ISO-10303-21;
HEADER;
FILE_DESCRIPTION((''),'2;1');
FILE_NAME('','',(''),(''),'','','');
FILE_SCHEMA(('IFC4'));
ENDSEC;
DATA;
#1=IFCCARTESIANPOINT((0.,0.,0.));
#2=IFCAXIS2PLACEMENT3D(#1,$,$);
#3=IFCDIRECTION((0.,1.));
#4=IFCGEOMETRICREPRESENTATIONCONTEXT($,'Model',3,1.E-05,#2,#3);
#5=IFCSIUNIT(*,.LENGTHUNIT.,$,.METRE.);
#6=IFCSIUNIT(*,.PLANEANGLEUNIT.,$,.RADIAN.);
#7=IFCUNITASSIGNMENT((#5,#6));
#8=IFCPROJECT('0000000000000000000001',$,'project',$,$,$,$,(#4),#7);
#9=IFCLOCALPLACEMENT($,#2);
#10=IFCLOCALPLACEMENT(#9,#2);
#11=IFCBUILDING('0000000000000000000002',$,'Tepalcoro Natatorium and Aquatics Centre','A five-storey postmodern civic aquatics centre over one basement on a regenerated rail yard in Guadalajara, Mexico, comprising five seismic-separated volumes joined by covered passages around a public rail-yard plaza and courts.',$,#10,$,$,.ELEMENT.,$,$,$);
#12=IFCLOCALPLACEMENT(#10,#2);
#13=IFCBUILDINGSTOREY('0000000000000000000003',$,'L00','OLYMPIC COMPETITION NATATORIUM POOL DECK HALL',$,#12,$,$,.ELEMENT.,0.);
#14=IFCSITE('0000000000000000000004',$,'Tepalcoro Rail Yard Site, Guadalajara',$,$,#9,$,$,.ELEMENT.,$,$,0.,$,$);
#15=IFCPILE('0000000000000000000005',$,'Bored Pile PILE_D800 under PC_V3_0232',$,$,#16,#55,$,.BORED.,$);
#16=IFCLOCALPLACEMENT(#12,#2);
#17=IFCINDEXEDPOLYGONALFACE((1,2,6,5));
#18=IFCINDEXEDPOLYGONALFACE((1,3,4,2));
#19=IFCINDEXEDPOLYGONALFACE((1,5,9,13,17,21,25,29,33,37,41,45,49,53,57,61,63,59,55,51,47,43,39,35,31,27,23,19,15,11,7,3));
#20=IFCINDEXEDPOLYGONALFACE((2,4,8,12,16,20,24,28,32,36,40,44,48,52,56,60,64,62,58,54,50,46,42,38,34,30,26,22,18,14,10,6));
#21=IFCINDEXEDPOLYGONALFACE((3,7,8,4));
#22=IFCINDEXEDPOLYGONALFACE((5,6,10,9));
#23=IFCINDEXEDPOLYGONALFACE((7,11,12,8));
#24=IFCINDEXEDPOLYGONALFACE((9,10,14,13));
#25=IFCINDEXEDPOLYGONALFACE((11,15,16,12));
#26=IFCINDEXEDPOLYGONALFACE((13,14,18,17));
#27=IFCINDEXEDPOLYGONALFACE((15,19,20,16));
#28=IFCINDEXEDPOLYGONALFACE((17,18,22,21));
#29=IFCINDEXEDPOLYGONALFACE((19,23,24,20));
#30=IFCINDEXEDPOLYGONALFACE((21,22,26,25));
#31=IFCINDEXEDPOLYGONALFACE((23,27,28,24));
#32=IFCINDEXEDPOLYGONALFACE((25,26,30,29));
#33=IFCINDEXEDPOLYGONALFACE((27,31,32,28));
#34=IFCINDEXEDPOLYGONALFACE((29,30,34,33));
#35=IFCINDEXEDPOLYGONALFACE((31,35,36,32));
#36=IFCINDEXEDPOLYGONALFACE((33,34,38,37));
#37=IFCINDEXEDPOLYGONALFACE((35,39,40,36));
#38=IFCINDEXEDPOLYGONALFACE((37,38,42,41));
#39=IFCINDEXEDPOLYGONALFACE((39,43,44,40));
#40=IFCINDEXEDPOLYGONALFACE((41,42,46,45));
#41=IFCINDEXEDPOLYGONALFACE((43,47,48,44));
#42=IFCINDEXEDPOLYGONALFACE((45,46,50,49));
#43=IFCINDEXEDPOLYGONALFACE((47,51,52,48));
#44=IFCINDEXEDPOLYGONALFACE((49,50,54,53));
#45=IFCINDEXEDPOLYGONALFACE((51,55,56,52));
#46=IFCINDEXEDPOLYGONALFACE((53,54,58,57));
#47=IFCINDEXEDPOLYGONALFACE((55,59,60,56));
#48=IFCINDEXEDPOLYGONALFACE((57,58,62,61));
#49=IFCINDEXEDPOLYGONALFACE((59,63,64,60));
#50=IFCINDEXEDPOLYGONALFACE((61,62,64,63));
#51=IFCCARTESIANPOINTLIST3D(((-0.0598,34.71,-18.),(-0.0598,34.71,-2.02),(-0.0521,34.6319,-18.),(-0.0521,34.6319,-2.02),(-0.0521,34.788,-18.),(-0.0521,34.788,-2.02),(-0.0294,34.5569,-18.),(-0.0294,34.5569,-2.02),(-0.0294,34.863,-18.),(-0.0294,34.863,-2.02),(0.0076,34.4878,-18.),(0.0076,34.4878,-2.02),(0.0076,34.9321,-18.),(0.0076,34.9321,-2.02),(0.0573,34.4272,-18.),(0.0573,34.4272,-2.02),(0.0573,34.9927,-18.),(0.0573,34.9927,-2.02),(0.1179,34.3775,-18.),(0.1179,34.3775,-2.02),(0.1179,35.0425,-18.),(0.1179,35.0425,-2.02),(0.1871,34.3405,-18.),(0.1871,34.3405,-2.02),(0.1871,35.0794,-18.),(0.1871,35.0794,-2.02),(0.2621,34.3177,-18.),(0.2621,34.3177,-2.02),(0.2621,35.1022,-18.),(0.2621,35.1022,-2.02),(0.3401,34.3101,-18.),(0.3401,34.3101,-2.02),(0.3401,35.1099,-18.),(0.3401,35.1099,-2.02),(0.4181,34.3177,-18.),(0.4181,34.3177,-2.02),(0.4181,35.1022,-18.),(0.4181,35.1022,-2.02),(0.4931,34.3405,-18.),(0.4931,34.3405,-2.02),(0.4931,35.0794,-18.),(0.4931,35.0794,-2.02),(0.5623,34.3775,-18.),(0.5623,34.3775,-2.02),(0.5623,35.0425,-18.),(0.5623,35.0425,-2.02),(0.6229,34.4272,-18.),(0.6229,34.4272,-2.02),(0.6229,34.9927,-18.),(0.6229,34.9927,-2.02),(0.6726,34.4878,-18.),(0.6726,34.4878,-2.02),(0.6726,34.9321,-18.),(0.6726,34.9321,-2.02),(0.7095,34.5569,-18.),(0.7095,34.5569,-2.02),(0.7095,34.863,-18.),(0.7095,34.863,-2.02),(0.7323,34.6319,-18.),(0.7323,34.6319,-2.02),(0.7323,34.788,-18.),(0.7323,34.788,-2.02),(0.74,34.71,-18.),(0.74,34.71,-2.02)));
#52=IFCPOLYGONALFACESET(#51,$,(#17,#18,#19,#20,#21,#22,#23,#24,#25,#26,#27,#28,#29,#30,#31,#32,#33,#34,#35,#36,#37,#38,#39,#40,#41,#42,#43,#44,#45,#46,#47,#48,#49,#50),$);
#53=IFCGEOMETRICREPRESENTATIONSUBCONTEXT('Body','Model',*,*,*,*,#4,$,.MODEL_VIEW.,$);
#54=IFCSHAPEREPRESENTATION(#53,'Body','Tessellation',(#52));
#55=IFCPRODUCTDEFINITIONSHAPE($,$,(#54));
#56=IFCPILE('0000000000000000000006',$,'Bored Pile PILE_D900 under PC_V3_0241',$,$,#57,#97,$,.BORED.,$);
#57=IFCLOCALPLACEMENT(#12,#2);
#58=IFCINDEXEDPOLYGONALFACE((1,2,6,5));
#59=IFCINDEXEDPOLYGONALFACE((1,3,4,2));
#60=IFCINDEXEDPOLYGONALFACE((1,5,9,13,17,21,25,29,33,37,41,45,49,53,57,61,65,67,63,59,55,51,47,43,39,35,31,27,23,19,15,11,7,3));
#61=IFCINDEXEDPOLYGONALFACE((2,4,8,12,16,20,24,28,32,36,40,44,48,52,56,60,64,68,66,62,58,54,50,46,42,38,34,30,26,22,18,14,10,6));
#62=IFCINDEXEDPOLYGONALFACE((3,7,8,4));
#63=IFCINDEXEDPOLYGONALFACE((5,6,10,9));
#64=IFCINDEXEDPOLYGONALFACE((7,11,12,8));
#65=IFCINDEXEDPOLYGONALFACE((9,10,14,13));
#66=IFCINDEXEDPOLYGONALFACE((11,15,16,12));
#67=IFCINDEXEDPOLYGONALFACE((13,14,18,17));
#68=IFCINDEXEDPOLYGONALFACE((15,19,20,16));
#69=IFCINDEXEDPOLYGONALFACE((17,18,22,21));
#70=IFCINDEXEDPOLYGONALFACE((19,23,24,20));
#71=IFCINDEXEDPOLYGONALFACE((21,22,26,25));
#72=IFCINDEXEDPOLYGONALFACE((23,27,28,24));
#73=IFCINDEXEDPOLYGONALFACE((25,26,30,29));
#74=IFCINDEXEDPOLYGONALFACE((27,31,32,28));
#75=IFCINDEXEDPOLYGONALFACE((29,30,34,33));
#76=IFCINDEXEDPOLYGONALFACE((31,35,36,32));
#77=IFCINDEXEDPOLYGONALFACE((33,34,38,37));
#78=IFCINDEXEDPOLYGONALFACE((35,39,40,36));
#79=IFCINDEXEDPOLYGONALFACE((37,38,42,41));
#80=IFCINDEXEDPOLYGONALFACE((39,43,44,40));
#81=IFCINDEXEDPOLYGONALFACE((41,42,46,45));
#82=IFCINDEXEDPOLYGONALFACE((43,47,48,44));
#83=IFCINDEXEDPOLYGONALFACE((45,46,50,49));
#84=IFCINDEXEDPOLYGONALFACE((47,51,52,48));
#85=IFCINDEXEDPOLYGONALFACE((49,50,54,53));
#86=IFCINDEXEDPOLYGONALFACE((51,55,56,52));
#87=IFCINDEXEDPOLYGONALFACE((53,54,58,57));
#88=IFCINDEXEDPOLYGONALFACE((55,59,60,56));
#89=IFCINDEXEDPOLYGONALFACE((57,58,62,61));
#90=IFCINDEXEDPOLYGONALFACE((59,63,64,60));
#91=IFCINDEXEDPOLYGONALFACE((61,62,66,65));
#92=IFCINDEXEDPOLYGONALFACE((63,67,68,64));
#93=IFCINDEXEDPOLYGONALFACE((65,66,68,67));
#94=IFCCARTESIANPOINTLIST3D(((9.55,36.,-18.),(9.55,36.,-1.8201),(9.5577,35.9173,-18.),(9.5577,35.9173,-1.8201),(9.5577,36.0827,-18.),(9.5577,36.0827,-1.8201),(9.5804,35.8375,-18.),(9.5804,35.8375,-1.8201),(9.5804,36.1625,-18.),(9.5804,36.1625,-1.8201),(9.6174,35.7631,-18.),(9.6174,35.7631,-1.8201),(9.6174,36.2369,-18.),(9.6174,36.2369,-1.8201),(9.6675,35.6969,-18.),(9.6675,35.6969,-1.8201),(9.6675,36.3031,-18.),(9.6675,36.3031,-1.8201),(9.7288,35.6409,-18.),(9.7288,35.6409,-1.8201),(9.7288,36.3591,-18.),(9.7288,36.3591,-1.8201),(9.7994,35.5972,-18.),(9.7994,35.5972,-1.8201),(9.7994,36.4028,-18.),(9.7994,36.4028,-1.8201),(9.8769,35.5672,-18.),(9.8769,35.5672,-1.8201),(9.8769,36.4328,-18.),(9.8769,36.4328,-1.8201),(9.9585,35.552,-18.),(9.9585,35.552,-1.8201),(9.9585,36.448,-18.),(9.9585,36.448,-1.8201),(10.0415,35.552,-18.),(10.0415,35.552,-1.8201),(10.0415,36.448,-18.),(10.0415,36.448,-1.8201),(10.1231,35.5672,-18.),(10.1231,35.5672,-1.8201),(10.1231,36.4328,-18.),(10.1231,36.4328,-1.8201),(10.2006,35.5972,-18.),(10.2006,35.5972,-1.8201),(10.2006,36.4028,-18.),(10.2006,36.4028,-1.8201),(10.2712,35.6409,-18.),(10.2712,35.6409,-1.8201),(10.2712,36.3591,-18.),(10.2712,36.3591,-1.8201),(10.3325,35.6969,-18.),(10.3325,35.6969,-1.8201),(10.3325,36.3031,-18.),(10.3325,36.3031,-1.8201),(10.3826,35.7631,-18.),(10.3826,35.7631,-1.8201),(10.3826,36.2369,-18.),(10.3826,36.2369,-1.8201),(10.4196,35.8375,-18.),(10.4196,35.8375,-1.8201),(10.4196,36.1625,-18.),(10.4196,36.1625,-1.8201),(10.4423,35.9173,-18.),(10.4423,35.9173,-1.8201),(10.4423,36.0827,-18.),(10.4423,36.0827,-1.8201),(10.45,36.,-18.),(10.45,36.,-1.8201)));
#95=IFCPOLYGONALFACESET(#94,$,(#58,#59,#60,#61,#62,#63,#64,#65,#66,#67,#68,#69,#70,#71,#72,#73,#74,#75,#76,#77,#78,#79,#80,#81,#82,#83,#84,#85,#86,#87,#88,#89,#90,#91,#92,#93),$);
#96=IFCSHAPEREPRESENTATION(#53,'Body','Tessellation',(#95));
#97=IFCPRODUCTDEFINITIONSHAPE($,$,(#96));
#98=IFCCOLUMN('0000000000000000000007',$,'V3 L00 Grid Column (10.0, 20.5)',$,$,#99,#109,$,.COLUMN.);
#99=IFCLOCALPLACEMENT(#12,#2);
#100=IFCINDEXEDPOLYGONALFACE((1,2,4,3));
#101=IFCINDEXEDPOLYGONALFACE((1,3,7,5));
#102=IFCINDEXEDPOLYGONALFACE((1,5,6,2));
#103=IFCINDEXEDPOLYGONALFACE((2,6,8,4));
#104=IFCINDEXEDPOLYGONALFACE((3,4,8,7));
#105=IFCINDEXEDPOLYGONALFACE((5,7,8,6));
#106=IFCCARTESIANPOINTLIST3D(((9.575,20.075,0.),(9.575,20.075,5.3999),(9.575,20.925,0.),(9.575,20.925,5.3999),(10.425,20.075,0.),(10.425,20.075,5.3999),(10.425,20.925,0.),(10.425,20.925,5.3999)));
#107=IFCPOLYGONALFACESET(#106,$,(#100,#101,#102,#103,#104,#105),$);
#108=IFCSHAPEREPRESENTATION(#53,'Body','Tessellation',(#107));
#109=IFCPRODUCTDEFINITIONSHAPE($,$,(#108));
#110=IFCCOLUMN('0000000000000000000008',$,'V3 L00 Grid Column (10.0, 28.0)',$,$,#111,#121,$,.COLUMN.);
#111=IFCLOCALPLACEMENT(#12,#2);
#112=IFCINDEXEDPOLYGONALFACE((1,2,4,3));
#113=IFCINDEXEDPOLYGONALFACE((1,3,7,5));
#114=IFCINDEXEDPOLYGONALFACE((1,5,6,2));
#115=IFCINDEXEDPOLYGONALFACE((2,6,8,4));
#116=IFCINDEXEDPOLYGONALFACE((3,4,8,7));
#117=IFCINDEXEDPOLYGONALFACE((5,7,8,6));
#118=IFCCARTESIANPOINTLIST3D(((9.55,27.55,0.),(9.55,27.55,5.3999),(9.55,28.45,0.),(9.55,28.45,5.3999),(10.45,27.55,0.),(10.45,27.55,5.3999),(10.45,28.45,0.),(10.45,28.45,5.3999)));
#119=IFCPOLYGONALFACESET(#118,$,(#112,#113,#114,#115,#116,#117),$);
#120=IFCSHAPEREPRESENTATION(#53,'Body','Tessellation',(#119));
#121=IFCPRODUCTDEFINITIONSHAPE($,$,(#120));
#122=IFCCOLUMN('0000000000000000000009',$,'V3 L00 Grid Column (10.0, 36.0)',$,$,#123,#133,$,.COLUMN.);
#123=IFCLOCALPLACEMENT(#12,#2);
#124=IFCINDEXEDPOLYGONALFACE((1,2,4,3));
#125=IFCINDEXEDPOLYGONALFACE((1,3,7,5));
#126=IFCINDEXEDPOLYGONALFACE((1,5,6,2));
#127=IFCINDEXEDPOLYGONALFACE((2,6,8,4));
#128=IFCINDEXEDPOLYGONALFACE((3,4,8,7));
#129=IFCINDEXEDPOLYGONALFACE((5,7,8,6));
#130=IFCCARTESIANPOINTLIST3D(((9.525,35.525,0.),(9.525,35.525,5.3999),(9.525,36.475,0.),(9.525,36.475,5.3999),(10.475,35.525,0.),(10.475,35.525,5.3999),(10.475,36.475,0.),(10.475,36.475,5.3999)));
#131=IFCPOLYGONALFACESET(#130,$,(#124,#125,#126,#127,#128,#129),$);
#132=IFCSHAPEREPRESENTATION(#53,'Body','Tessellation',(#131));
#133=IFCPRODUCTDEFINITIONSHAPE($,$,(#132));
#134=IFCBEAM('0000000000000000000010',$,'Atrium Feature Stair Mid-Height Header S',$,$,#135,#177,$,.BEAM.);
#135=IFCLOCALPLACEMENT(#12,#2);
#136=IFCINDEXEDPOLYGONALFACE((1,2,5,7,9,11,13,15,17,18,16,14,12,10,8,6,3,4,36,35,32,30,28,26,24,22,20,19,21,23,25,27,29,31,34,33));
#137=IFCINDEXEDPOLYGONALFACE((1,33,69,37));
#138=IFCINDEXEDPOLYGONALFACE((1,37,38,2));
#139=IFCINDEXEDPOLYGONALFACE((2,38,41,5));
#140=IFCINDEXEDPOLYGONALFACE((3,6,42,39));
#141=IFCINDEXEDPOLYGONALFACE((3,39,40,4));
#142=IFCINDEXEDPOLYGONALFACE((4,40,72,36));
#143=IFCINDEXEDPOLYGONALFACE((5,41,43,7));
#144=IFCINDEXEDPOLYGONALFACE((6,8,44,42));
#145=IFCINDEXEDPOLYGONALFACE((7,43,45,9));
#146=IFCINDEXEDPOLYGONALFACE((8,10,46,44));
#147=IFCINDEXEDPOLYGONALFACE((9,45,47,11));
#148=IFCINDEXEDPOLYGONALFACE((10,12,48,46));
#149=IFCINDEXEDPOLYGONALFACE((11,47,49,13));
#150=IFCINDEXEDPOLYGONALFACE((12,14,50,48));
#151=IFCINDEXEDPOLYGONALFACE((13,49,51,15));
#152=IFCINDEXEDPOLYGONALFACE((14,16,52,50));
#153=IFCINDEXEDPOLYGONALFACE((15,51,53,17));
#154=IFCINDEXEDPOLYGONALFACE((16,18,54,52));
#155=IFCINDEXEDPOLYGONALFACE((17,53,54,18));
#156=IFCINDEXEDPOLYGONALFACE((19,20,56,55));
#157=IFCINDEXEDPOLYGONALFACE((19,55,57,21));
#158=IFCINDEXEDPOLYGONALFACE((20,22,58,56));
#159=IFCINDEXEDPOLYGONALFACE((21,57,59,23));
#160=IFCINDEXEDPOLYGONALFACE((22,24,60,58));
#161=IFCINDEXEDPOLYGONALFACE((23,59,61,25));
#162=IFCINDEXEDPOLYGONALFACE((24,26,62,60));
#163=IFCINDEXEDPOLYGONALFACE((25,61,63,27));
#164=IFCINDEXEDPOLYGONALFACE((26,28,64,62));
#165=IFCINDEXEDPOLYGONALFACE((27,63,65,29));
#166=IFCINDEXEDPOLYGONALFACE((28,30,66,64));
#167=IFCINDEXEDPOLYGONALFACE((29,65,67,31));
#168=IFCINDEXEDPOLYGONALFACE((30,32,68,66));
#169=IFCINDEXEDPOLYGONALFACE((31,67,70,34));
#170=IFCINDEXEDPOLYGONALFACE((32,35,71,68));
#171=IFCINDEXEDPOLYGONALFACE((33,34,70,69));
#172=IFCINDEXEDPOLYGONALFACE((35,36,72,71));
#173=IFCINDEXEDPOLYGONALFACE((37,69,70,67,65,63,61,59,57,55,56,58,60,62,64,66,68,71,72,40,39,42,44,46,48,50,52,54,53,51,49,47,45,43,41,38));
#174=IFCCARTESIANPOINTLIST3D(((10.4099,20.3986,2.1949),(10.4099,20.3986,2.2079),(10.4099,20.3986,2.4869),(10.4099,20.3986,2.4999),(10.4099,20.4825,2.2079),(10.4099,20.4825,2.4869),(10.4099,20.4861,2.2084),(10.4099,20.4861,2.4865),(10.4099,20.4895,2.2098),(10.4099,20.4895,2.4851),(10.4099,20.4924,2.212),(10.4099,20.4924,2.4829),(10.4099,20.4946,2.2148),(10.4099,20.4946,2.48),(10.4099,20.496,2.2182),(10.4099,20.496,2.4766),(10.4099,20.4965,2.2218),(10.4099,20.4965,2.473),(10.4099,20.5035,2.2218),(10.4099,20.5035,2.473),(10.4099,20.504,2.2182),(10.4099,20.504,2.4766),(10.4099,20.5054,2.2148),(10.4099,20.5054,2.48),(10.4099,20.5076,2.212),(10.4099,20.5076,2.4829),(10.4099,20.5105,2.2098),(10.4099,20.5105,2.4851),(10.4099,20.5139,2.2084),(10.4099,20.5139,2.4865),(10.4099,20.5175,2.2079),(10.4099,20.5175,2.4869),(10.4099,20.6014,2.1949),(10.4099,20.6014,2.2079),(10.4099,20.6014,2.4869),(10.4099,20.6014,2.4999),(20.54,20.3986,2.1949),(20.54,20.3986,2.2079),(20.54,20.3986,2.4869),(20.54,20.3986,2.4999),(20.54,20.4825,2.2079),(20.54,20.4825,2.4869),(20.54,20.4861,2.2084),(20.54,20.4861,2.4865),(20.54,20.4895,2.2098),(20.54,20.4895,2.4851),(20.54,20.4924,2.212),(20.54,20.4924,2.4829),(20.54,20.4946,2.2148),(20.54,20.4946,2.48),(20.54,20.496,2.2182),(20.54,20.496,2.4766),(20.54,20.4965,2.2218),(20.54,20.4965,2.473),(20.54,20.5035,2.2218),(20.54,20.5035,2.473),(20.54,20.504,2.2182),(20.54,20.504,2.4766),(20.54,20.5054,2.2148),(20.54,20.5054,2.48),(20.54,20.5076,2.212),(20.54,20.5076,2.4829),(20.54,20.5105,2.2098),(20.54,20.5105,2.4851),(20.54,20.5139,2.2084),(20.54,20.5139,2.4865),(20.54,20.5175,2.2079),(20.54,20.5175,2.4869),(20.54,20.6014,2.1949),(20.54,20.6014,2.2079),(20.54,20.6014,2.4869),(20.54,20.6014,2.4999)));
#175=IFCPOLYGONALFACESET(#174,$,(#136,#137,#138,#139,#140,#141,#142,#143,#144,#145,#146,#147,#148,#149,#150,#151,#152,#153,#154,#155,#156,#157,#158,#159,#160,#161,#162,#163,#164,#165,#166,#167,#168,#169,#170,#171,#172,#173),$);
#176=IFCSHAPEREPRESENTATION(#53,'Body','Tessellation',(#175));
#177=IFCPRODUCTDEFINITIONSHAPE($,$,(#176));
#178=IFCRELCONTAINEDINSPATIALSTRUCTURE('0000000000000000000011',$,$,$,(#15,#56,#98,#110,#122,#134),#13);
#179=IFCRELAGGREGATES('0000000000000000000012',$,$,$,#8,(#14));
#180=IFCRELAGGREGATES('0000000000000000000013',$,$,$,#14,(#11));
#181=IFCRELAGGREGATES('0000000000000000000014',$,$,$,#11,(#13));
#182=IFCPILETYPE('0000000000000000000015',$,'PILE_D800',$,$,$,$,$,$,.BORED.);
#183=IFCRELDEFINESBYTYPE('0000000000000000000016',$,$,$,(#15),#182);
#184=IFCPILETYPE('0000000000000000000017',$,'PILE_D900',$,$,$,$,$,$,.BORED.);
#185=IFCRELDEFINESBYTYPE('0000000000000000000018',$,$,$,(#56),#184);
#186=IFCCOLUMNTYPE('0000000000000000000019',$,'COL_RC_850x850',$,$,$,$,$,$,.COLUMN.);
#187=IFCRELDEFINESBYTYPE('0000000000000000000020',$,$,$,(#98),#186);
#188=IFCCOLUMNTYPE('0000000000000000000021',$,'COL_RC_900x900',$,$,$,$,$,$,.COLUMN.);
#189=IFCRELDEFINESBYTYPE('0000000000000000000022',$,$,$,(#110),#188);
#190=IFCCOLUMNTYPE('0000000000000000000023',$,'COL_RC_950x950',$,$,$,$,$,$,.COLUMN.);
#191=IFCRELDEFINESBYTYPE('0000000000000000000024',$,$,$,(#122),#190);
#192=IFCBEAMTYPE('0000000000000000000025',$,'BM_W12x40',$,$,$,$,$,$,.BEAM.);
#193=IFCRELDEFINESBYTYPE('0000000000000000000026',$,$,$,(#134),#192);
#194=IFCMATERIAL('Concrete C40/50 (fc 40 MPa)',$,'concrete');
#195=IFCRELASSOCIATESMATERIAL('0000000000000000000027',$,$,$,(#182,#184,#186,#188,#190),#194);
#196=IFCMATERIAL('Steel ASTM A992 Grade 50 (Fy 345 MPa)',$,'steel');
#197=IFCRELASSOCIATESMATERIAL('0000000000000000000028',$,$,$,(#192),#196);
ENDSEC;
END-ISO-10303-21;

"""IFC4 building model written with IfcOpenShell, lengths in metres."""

from ifc_helpers import new_model, si_unit, direction, frame, origin, origin_2d, place, context, subcontext, project, spatial, rectangle, circle, i_section, extrude, material, material_profile, profile_set, type_object, element, save


model = new_model("IFC4")

# Units and contexts
model_context = context("Model", 3, precision=1e-05, world=origin(), true_north=direction((0.0, 1.0)))
body_context = subcontext(model_context, "Body", "Model", "MODEL_VIEW")
ifc_project = project(units=[si_unit("LENGTHUNIT", "METRE"), si_unit("PLANEANGLEUNIT", "RADIAN")], contexts=[model_context])

# Site, building, storey
site_placement = place(None, origin())
site = spatial("IfcSite", under=ifc_project, at=site_placement, Name="Tepalcoro Rail Yard Site, Guadalajara", CompositionType="ELEMENT", RefElevation=0.0)
building_placement = place(site_placement, origin())
building = spatial("IfcBuilding", under=site, at=building_placement, Name="Tepalcoro Natatorium and Aquatics Centre", Description="A five-storey postmodern civic aquatics centre over one basement on a regenerated rail yard in Guadalajara, Mexico, comprising five seismic-separated volumes joined by covered passages around a public rail-yard plaza and courts.", CompositionType="ELEMENT")
storey_placement = place(building_placement, origin())
storey = spatial("IfcBuildingStorey", under=building, at=storey_placement, Name="L00", Description="OLYMPIC COMPETITION NATATORIUM POOL DECK HALL", CompositionType="ELEMENT", Elevation=0.0)

# Piles
ifc_material_1 = material(Name="Concrete C40/50 (fc 40 MPa)", Category="concrete")
ifc_material_profile_1 = material_profile(ifc_material_1, circle(Radius=0.3999, at=origin_2d()), Name="PILE_D800")
ifc_profile_set_1 = profile_set([ifc_material_profile_1], Name="Concrete C40/50 (fc 40 MPa)")
pile_type_1 = type_object("IfcPileType", Name="PILE_D800", PredefinedType="BORED", material=ifc_profile_set_1)
pile_1_placement = place(storey_placement, frame((0.3401, 34.71, -2.02), z_axis=(0.0, 0.0, -1.0), x_axis=(1.0, 0.0, 0.0)))
element("IfcPile", 1, at=pile_1_placement, inside=storey, type_object=pile_type_1, Name="Bored Pile PILE_D800 under PC_V3_0232", PredefinedType="BORED", context=body_context, shape_type="SweptSolid", body=[
    extrude(circle(Radius=0.3999, at=origin_2d()), origin(), (0.0, 0.0, 1.0), 15.98),
])
ifc_material_profile_2 = material_profile(ifc_material_1, circle(Radius=0.45, at=origin_2d()), Name="PILE_D900")
ifc_profile_set_2 = profile_set([ifc_material_profile_2], Name="Concrete C40/50 (fc 40 MPa)")
pile_type_2 = type_object("IfcPileType", Name="PILE_D900", PredefinedType="BORED", material=ifc_profile_set_2)
pile_2_placement = place(storey_placement, frame((10.0, 36.0, -1.8201), z_axis=(0.0, 0.0, -1.0), x_axis=(1.0, 0.0, 0.0)))
element("IfcPile", 2, at=pile_2_placement, inside=storey, type_object=pile_type_2, Name="Bored Pile PILE_D900 under PC_V3_0241", PredefinedType="BORED", context=body_context, shape_type="SweptSolid", body=[
    extrude(circle(Radius=0.45, at=origin_2d()), origin(), (0.0, 0.0, 1.0), 16.1799),
])

# Columns
ifc_material_profile_3 = material_profile(ifc_material_1, rectangle(XDim=0.8501, YDim=0.8501, at=origin_2d()), Name="RC850x850")
ifc_profile_set_3 = profile_set([ifc_material_profile_3], Name="Concrete C40/50 (fc 40 MPa)")
column_type_1 = type_object("IfcColumnType", Name="COL_RC_850x850", PredefinedType="COLUMN", material=ifc_profile_set_3)
column_1_placement = place(storey_placement, frame((10.0, 20.5, 0.0), z_axis=(0.0, 0.0, 1.0), x_axis=(1.0, 0.0, 0.0)))
element("IfcColumn", 3, at=column_1_placement, inside=storey, type_object=column_type_1, Name="V3 L00 Grid Column (10.0, 20.5)", PredefinedType="COLUMN", context=body_context, shape_type="SweptSolid", body=[
    extrude(rectangle(XDim=0.8501, YDim=0.8501, at=origin_2d()), origin(), (0.0, 0.0, 1.0), 5.3999),
])
ifc_material_profile_4 = material_profile(ifc_material_1, rectangle(XDim=0.8999, YDim=0.8999, at=origin_2d()), Name="RC900x900")
ifc_profile_set_4 = profile_set([ifc_material_profile_4], Name="Concrete C40/50 (fc 40 MPa)")
column_type_2 = type_object("IfcColumnType", Name="COL_RC_900x900", PredefinedType="COLUMN", material=ifc_profile_set_4)
column_2_placement = place(storey_placement, frame((10.0, 28.0, 0.0), z_axis=(0.0, 0.0, 1.0), x_axis=(1.0, 0.0, 0.0)))
element("IfcColumn", 4, at=column_2_placement, inside=storey, type_object=column_type_2, Name="V3 L00 Grid Column (10.0, 28.0)", PredefinedType="COLUMN", context=body_context, shape_type="SweptSolid", body=[
    extrude(rectangle(XDim=0.8999, YDim=0.8999, at=origin_2d()), origin(), (0.0, 0.0, 1.0), 5.3999),
])
ifc_material_profile_5 = material_profile(ifc_material_1, rectangle(XDim=0.95, YDim=0.95, at=origin_2d()), Name="RC950x950")
ifc_profile_set_5 = profile_set([ifc_material_profile_5], Name="Concrete C40/50 (fc 40 MPa)")
column_type_3 = type_object("IfcColumnType", Name="COL_RC_950x950", PredefinedType="COLUMN", material=ifc_profile_set_5)
column_3_placement = place(storey_placement, frame((10.0, 36.0, 0.0), z_axis=(0.0, 0.0, 1.0), x_axis=(1.0, 0.0, 0.0)))
element("IfcColumn", 5, at=column_3_placement, inside=storey, type_object=column_type_3, Name="V3 L00 Grid Column (10.0, 36.0)", PredefinedType="COLUMN", context=body_context, shape_type="SweptSolid", body=[
    extrude(rectangle(XDim=0.95, YDim=0.95, at=origin_2d()), origin(), (0.0, 0.0, 1.0), 5.3999),
])

# Beam
ifc_material_2 = material(Name="Steel ASTM A992 Grade 50 (Fy 345 MPa)", Category="steel")
ifc_material_profile_6 = material_profile(ifc_material_2, i_section(OverallWidth=0.2029, OverallDepth=0.3049, WebThickness=0.0071, FlangeThickness=0.0129, FilletRadius=0.0139, at=origin_2d()), Name="W12X40")
ifc_profile_set_6 = profile_set([ifc_material_profile_6], Name="Steel ASTM A992 Grade 50 (Fy 345 MPa)")
beam_type_1 = type_object("IfcBeamType", Name="BM_W12x40", PredefinedType="BEAM", material=ifc_profile_set_6)
beam_1_placement = place(storey_placement, frame((10.4099, 20.5, 2.3474), z_axis=(1.0, 0.0, 0.0), x_axis=(0.0, 1.0, 0.0)))
element("IfcBeam", 6, at=beam_1_placement, inside=storey, type_object=beam_type_1, Name="Atrium Feature Stair Mid-Height Header S", PredefinedType="BEAM", context=body_context, shape_type="SweptSolid", body=[
    extrude(i_section(OverallWidth=0.2029, OverallDepth=0.3049, WebThickness=0.0071, FlangeThickness=0.0129, FilletRadius=0.0139, at=origin_2d()), origin(), (0.0, 0.0, 1.0), 10.1301),
])

save(model, "model.ifc")
